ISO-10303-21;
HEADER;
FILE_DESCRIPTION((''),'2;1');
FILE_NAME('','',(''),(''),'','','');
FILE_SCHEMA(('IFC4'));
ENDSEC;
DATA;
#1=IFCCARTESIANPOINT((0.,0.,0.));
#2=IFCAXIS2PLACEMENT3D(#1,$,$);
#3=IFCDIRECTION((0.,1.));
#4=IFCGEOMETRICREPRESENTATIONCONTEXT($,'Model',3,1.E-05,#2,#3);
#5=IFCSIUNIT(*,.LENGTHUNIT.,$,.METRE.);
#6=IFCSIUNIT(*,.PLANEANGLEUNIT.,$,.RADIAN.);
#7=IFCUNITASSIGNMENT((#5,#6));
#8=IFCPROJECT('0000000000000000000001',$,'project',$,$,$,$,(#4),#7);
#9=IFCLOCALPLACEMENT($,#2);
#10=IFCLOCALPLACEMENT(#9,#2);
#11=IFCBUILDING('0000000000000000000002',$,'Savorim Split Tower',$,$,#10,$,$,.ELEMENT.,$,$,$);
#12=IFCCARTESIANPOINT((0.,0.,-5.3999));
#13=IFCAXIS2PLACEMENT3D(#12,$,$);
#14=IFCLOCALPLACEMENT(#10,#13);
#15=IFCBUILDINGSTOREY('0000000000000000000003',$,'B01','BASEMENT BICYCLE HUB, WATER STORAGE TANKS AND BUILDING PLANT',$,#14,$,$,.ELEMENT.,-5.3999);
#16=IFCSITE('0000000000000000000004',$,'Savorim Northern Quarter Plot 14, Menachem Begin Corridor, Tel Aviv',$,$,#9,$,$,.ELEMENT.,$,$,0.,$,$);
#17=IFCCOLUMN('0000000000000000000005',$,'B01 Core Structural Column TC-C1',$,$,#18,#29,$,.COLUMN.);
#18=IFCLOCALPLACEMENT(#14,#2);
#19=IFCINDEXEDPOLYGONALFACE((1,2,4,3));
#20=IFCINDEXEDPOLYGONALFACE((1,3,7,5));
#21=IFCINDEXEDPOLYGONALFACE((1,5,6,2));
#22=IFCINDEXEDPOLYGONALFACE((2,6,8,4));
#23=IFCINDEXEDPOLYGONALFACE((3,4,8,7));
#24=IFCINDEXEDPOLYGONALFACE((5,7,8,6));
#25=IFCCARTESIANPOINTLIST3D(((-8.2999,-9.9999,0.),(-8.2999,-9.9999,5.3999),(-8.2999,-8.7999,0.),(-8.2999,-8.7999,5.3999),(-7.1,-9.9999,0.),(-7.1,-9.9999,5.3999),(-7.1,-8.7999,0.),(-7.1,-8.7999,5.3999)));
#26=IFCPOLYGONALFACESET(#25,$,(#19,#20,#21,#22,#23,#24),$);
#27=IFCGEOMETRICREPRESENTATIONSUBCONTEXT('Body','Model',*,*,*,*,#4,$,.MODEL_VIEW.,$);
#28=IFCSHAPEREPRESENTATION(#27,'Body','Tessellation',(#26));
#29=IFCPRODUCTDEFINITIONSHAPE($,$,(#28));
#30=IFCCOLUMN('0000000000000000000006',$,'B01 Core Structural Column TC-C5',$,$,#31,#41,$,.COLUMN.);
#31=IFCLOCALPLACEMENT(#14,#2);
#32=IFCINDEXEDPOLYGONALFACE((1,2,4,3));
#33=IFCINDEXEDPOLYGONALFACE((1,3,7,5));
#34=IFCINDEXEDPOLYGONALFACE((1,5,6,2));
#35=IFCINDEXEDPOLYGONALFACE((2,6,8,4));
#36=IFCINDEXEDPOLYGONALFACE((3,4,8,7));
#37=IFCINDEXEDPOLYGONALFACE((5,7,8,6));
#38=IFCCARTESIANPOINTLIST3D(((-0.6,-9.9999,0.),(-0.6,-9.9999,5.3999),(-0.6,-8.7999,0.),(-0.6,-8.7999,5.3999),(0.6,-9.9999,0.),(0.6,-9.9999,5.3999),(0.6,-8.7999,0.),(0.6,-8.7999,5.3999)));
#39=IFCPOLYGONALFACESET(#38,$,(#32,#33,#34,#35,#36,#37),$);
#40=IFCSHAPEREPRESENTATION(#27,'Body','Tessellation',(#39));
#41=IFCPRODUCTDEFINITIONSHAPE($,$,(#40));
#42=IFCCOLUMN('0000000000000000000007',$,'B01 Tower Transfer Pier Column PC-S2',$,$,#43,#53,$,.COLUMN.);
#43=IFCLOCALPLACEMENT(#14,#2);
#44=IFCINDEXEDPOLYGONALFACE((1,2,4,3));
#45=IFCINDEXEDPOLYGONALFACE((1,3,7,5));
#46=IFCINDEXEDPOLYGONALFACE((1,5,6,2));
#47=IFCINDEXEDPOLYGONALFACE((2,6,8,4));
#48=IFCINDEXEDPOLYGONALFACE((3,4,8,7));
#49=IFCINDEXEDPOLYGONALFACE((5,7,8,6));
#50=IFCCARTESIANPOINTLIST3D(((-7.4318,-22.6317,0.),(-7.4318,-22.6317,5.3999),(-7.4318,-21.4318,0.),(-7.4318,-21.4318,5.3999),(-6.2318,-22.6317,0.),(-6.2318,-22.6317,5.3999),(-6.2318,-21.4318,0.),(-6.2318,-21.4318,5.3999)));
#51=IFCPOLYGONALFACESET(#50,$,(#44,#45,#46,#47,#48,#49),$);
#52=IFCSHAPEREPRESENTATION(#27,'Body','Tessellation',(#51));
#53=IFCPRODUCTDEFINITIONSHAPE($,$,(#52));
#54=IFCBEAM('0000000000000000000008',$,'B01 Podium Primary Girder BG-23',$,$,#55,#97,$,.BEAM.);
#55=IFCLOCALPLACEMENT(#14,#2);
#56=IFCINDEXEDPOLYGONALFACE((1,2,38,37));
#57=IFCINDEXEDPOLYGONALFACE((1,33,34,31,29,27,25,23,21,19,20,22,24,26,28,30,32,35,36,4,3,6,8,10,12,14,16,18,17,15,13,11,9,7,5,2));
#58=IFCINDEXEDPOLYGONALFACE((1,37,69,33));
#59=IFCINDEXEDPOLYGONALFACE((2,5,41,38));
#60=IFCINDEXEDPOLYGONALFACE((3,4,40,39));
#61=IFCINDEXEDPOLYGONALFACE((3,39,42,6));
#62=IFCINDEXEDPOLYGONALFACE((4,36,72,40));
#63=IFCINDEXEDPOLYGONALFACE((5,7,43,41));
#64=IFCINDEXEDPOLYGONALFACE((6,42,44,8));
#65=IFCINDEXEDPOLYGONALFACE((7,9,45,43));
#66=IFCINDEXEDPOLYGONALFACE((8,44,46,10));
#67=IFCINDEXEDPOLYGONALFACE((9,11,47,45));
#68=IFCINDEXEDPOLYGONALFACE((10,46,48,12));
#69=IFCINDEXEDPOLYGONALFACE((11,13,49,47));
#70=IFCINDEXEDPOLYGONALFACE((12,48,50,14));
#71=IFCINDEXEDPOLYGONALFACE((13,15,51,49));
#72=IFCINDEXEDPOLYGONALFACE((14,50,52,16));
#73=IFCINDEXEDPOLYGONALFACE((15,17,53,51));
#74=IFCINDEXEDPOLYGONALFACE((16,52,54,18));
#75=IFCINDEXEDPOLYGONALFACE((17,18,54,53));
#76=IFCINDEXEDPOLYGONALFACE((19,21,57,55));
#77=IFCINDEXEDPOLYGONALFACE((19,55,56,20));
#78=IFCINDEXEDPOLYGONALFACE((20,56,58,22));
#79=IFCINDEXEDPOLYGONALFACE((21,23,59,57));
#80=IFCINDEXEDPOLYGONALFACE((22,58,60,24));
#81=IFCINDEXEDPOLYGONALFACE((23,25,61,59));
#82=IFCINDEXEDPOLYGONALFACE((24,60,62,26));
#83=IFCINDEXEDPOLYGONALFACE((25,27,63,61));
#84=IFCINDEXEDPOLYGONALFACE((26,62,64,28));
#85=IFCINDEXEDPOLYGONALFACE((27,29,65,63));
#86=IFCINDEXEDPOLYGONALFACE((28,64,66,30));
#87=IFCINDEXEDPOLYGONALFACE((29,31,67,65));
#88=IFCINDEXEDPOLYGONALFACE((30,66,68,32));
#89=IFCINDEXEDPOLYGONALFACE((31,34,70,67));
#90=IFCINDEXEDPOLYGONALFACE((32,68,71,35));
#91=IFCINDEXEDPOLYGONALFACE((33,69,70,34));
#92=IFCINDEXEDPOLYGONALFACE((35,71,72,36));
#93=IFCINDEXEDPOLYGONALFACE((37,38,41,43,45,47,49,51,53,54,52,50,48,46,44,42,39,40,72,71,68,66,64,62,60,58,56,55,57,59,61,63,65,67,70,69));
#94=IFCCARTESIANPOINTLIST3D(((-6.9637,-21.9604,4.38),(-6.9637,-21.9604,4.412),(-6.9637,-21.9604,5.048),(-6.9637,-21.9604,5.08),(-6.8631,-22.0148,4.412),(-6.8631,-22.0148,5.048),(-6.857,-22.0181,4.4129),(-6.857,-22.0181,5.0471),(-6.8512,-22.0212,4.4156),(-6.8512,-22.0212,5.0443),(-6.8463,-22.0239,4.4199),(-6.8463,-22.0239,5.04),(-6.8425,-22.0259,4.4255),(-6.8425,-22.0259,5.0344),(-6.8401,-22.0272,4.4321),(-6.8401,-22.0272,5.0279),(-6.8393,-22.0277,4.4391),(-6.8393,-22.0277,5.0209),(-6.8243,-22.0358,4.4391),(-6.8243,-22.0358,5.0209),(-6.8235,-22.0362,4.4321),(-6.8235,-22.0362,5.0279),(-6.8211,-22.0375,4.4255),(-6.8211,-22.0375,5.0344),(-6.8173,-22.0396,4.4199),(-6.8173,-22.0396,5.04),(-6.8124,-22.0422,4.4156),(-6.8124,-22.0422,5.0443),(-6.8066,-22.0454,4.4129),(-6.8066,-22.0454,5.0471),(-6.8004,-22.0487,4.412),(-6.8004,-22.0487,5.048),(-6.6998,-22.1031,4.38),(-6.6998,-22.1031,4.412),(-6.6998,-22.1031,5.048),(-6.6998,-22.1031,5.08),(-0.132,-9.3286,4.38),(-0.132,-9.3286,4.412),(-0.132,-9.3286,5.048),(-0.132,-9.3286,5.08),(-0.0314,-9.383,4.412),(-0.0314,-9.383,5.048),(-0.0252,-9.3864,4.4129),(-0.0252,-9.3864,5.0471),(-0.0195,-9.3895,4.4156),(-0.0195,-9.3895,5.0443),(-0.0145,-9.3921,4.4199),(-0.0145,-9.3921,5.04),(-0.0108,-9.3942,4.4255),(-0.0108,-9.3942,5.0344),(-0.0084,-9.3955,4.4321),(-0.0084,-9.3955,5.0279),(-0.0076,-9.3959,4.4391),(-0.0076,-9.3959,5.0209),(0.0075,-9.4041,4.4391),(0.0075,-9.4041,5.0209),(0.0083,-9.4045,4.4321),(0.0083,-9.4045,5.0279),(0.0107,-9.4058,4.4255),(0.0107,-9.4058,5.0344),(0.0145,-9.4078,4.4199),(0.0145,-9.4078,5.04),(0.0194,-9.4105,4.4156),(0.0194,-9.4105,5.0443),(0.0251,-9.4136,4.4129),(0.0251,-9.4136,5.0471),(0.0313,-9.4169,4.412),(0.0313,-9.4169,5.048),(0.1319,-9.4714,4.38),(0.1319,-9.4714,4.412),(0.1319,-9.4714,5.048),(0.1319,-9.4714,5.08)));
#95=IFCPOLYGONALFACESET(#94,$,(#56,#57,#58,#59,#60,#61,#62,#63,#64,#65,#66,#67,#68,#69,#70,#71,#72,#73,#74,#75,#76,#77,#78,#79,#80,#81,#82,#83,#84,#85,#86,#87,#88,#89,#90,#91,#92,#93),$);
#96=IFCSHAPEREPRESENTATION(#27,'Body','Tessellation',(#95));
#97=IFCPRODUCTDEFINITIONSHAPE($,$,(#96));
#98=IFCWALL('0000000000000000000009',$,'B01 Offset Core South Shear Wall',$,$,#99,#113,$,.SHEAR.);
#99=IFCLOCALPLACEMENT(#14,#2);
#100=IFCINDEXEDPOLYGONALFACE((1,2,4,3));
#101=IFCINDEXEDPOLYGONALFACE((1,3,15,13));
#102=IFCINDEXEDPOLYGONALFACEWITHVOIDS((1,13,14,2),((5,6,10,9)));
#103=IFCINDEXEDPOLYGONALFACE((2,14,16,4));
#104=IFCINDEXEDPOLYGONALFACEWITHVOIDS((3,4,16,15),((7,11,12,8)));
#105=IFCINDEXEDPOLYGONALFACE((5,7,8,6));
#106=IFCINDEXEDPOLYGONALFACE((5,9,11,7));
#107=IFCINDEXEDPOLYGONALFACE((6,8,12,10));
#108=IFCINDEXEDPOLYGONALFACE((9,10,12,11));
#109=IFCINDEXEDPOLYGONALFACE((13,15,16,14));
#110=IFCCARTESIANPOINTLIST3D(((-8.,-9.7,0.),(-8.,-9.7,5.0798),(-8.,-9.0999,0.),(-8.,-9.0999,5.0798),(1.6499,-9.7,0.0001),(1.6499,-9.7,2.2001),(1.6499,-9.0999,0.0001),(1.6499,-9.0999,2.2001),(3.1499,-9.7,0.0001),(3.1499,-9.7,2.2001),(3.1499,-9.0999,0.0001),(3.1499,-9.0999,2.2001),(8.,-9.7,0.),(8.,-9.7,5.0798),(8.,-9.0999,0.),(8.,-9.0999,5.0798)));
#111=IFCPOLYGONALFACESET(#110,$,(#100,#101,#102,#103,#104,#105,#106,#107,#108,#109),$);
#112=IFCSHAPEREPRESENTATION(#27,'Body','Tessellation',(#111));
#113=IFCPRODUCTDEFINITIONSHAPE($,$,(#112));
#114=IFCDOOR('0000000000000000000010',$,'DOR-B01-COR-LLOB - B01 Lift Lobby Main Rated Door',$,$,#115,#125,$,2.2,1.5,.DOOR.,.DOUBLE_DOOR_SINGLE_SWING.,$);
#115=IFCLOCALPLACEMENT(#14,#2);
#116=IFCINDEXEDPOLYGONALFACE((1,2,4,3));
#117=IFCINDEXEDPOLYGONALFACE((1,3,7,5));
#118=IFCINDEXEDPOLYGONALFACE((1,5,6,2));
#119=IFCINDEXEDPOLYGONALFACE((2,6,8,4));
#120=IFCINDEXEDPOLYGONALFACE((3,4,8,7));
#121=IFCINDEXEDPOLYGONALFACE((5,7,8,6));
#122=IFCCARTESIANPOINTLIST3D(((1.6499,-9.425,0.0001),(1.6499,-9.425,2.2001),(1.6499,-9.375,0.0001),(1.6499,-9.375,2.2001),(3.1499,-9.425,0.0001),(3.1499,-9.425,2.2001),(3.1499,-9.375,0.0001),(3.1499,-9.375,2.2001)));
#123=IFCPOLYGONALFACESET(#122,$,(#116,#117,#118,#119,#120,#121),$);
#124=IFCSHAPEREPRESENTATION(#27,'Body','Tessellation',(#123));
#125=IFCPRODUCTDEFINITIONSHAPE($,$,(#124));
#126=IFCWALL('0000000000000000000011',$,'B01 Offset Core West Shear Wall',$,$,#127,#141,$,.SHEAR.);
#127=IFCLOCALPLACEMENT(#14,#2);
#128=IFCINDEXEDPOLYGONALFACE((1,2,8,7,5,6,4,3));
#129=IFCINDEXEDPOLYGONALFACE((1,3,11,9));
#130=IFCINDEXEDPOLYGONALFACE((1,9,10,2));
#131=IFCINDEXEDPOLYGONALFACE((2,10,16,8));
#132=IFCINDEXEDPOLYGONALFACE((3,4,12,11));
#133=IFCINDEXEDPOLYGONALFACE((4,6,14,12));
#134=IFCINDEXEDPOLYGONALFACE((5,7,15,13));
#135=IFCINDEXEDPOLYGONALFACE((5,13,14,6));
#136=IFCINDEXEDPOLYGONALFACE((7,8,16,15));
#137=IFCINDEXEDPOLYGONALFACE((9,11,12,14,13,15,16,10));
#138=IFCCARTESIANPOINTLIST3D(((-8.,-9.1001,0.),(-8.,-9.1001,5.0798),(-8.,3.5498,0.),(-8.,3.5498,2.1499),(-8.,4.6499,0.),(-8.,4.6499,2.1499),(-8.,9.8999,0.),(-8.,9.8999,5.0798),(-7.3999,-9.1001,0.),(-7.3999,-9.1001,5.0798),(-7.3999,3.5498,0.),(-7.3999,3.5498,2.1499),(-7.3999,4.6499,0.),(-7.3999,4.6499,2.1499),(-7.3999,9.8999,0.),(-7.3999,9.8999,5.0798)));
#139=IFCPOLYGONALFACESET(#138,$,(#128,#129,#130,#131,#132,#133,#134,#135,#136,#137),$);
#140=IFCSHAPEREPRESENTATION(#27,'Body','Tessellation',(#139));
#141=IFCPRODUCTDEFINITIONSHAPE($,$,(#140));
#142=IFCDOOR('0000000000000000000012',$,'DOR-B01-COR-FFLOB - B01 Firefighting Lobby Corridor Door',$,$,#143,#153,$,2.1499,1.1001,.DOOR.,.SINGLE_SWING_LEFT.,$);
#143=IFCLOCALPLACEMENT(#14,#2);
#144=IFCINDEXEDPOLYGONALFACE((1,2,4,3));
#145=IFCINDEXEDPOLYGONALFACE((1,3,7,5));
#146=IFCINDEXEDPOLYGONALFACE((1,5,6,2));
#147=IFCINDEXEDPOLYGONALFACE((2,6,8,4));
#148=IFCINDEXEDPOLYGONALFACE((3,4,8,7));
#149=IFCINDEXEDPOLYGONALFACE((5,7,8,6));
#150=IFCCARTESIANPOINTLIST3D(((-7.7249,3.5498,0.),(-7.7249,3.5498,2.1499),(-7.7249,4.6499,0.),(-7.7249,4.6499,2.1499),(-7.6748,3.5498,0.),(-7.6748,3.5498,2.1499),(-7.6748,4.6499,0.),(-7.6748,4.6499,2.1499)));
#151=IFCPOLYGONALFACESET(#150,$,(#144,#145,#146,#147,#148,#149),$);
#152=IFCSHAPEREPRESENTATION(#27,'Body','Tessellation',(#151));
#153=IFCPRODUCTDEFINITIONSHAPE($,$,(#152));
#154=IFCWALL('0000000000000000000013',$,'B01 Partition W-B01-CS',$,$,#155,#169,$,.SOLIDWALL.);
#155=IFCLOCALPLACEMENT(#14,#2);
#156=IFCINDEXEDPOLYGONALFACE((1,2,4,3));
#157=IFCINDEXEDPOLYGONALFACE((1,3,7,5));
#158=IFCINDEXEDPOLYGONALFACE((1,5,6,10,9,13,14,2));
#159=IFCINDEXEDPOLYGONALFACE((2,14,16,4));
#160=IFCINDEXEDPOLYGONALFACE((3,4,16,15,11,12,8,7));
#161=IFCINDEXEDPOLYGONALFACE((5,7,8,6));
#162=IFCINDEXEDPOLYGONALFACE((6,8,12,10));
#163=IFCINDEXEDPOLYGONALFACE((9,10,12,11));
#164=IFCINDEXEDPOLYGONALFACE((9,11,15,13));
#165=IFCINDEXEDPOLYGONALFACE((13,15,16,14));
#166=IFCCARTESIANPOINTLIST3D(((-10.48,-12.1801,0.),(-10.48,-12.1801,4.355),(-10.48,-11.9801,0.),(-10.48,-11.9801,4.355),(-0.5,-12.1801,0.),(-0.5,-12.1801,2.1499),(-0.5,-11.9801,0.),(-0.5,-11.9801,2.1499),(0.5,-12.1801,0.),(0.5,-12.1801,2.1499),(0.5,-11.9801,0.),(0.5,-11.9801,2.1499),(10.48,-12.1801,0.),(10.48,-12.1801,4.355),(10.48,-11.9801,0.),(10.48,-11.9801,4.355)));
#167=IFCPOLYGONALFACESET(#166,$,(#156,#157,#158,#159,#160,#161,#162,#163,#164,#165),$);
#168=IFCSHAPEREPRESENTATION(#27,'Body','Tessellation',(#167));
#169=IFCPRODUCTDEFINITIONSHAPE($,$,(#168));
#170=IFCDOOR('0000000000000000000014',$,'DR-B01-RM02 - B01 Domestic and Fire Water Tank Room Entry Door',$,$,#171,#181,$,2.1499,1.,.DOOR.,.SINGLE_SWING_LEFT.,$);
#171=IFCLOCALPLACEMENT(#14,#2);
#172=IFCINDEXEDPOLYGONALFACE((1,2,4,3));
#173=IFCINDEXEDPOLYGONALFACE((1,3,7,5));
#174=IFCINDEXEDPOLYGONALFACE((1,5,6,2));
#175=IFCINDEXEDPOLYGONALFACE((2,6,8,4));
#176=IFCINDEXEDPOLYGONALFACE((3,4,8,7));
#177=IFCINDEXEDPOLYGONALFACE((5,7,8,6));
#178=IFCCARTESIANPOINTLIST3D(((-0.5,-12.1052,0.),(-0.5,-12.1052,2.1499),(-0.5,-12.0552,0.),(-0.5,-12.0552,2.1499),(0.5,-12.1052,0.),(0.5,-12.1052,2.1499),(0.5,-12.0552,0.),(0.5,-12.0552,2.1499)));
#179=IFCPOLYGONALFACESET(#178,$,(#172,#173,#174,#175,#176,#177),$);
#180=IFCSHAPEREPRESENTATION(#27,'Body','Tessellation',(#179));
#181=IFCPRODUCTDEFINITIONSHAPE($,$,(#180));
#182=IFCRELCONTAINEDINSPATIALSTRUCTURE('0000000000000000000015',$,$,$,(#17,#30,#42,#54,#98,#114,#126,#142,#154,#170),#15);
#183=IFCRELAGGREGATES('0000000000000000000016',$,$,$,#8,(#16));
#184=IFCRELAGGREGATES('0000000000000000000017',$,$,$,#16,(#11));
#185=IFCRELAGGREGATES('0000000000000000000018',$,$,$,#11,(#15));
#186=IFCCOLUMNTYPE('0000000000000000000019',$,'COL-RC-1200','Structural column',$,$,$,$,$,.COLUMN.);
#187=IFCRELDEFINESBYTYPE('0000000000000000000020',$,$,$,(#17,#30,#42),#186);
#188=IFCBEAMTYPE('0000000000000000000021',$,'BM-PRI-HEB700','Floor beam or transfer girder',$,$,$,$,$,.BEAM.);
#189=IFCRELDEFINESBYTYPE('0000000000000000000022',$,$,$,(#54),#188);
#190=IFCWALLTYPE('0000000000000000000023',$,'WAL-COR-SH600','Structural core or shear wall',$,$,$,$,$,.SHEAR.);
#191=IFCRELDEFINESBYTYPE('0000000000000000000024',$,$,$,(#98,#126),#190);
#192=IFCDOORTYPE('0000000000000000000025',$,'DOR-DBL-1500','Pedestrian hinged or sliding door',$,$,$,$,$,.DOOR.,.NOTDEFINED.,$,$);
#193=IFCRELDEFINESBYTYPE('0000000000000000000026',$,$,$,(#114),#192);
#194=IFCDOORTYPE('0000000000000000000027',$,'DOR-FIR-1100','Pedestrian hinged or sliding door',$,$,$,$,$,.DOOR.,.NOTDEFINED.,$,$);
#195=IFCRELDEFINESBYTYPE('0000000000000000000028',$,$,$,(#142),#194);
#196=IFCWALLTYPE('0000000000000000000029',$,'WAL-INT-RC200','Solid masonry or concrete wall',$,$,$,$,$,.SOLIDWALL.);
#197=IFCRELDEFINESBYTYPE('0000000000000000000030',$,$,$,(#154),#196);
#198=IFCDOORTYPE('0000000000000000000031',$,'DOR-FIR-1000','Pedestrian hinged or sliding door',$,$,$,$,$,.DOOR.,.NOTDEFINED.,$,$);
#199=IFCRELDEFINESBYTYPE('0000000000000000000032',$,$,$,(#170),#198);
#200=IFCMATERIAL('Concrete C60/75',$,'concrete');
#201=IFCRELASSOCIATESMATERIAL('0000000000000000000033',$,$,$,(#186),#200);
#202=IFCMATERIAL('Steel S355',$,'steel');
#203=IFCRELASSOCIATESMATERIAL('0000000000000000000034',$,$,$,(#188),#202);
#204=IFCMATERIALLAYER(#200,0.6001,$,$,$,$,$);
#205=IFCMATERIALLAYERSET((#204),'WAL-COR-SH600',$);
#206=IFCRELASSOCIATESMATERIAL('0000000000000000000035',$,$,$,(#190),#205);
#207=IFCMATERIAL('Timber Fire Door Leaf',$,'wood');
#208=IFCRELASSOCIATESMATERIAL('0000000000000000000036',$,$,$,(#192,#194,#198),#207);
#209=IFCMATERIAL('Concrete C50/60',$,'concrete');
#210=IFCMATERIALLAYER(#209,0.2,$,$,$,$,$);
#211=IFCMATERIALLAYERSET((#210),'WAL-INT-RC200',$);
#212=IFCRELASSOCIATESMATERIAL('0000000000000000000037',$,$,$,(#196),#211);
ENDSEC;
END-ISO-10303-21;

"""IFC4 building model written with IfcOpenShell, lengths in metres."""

from ifc_helpers import new_model, si_unit, direction, frame, frame_2d, origin, origin_2d, place, context, subcontext, project, spatial, rectangle, i_section, extrude, material, layer, layer_set, material_profile, profile_set, type_object, element, fill, save


model = new_model("IFC4")

# Units and contexts
model_context = context("Model", 3, precision=1e-05, world=origin(), true_north=direction((0.0, 1.0)))
body_context = subcontext(model_context, "Body", "Model", "MODEL_VIEW")
ifc_project = project(units=[si_unit("LENGTHUNIT", "METRE"), si_unit("PLANEANGLEUNIT", "RADIAN")], contexts=[model_context])

# Site, building, storey
site_placement = place(None, origin())
site = spatial("IfcSite", under=ifc_project, at=site_placement, Name="Savorim Northern Quarter Plot 14, Menachem Begin Corridor, Tel Aviv", CompositionType="ELEMENT", RefElevation=0.0)
building_placement = place(site_placement, origin())
building = spatial("IfcBuilding", under=site, at=building_placement, Name="Savorim Split Tower", CompositionType="ELEMENT")
storey_placement = place(building_placement, frame((0.0, 0.0, -5.3999)))
storey = spatial("IfcBuildingStorey", under=building, at=storey_placement, Name="B01", Description="BASEMENT BICYCLE HUB, WATER STORAGE TANKS AND BUILDING PLANT", CompositionType="ELEMENT", Elevation=-5.3999)

# Shared definitions
ifc_material_1 = material(Name="Concrete C50/60", Category="concrete")

# Columns
ifc_material_2 = material(Name="Concrete C60/75", Category="concrete")
ifc_material_profile_1 = material_profile(ifc_material_2, rectangle(XDim=1.2, YDim=1.2, at=origin_2d()), Name="RC 1200x1200")
ifc_profile_set_1 = profile_set([ifc_material_profile_1], Name="Concrete C60/75")
column_type = type_object("IfcColumnType", Name="COL-RC-1200", Description="Structural column", PredefinedType="COLUMN", material=ifc_profile_set_1)
for number, where, z_axis, x_axis, name in (
    (1, (-7.7, -9.3999, 0.0), (0.0, 0.0, 1.0), (1.0, 0.0, 0.0), "B01 Core Structural Column TC-C1"),
    (2, (0.0, -9.3999, 0.0), (0.0, 0.0, 1.0), (1.0, 0.0, 0.0), "B01 Core Structural Column TC-C5"),
    (3, (-6.8318, -22.0317, 0.0), (0.0, 0.0, 1.0), (1.0, 0.0, 0.0), "B01 Tower Transfer Pier Column PC-S2"),
):
    element("IfcColumn", number, at=place(storey_placement, frame(where, z_axis=z_axis, x_axis=x_axis)), inside=storey, type_object=column_type, Name=name, PredefinedType="COLUMN", context=body_context, shape_type="SweptSolid", body=[
        extrude(rectangle(XDim=1.2, YDim=1.2, at=origin_2d()), origin(), (0.0, 0.0, 1.0), 5.3999),
    ])

# Beam
ifc_material_3 = material(Name="Steel S355", Category="steel")
ifc_material_profile_2 = material_profile(ifc_material_3, i_section(OverallWidth=0.3, OverallDepth=0.7, WebThickness=0.0171, FlangeThickness=0.032, FilletRadius=0.0271, at=origin_2d()), Name="HEB 700")
ifc_profile_set_2 = profile_set([ifc_material_profile_2], Name="Steel S355")
beam_type = type_object("IfcBeamType", Name="BM-PRI-HEB700", Description="Floor beam or transfer girder", PredefinedType="BEAM", material=ifc_profile_set_2)
beam_placement = place(storey_placement, frame((-6.8318, -22.0317, 4.73), z_axis=(0.47572, 0.879597, 0.0), x_axis=(-0.879597, 0.47572, 0.0)))
element("IfcBeam", 4, at=beam_placement, inside=storey, type_object=beam_type, Name="B01 Podium Primary Girder BG-23", PredefinedType="BEAM", context=body_context, shape_type="SweptSolid", body=[
    extrude(i_section(OverallWidth=0.3, OverallDepth=0.7, WebThickness=0.0171, FlangeThickness=0.032, FilletRadius=0.0271, at=origin_2d()), origin(), (0.0, 0.0, 1.0), 14.3608),
])

# Walls, openings, doors
ifc_layer_1 = layer(ifc_material_2, 0.6001)
ifc_layer_set_1 = layer_set([ifc_layer_1], Name="WAL-COR-SH600")
wall_type_1 = type_object("IfcWallType", Name="WAL-COR-SH600", Description="Structural core or shear wall", PredefinedType="SHEAR", material=ifc_layer_set_1)
wall_1_placement = place(storey_placement, frame((-8.0, -9.3999, 0.0), z_axis=(0.0, 0.0, 1.0), x_axis=(1.0, 0.0, 0.0)))
wall_1 = element("IfcWall", 5, at=wall_1_placement, inside=storey, type_object=wall_type_1, Name="B01 Offset Core South Shear Wall", PredefinedType="SHEAR", context=body_context, shape_type="SweptSolid", body=[
    extrude(rectangle(XDim=16.0, YDim=0.6001, at=frame_2d((8.0, 0.0))), origin(), (0.0, 0.0, 1.0), 5.0798),
])
opening_1_placement = place(wall_1_placement, frame((9.6499, 0.0, 0.0)))
opening_1 = element("IfcOpeningElement", 6, at=opening_1_placement, cuts=wall_1, PredefinedType="OPENING", context=body_context, shape_type="SweptSolid", body=[
    extrude(rectangle(XDim=1.5, YDim=2.2, at=frame_2d((0.75, 1.1001))), frame((0.0, 0.3101, 0.0), z_axis=(0.0, -1.0, 0.0), x_axis=(1.0, 0.0, 0.0)), (0.0, 0.0, 1.0), 0.6201),
])
ifc_material_4 = material(Name="Timber Fire Door Leaf", Category="wood")
door_type_1 = type_object("IfcDoorType", Name="DOR-DBL-1500", Description="Pedestrian hinged or sliding door", OperationType="NOTDEFINED", PredefinedType="DOOR", material=ifc_material_4)
door_1_placement = place(opening_1_placement, origin())
door_1 = element("IfcDoor", 7, at=door_1_placement, inside=storey, type_object=door_type_1, Name="DOR-B01-COR-LLOB - B01 Lift Lobby Main Rated Door", OperationType="DOUBLE_DOOR_SINGLE_SWING", OverallHeight=2.2, OverallWidth=1.5, PredefinedType="DOOR", context=body_context, shape_type="SweptSolid", body=[
    extrude(rectangle(XDim=1.5, YDim=2.2, at=frame_2d((0.75, 1.1001))), frame((0.0, 0.0249, 0.0), z_axis=(0.0, -1.0, 0.0), x_axis=(1.0, 0.0, 0.0)), (0.0, 0.0, 1.0), 0.05),
])
fill(opening_1, door_1)
wall_2_placement = place(storey_placement, frame((-7.7, -9.1001, 0.0), z_axis=(0.0, 0.0, 1.0), x_axis=(0.0, 1.0, 0.0)))
wall_2 = element("IfcWall", 8, at=wall_2_placement, inside=storey, type_object=wall_type_1, Name="B01 Offset Core West Shear Wall", PredefinedType="SHEAR", context=body_context, shape_type="SweptSolid", body=[
    extrude(rectangle(XDim=19.0, YDim=0.6001, at=frame_2d((9.5, 0.0))), origin(), (0.0, 0.0, 1.0), 5.0798),
])
opening_2_placement = place(wall_2_placement, frame((12.6499, 0.0, 0.0)))
opening_2 = element("IfcOpeningElement", 9, at=opening_2_placement, cuts=wall_2, PredefinedType="OPENING", context=body_context, shape_type="SweptSolid", body=[
    extrude(rectangle(XDim=1.1001, YDim=2.1499, at=frame_2d((0.55, 1.075))), frame((0.0, 0.3101, 0.0), z_axis=(0.0, -1.0, 0.0), x_axis=(1.0, 0.0, 0.0)), (0.0, 0.0, 1.0), 0.6201),
])
door_type_2 = type_object("IfcDoorType", Name="DOR-FIR-1100", Description="Pedestrian hinged or sliding door", OperationType="NOTDEFINED", PredefinedType="DOOR", material=ifc_material_4)
door_2_placement = place(opening_2_placement, origin())
door_2 = element("IfcDoor", 10, at=door_2_placement, inside=storey, type_object=door_type_2, Name="DOR-B01-COR-FFLOB - B01 Firefighting Lobby Corridor Door", OperationType="SINGLE_SWING_LEFT", OverallHeight=2.1499, OverallWidth=1.1001, PredefinedType="DOOR", context=body_context, shape_type="SweptSolid", body=[
    extrude(rectangle(XDim=1.1001, YDim=2.1499, at=frame_2d((0.55, 1.075))), frame((0.0, 0.0249, 0.0), z_axis=(0.0, -1.0, 0.0), x_axis=(1.0, 0.0, 0.0)), (0.0, 0.0, 1.0), 0.05),
])
fill(opening_2, door_2)
ifc_layer_2 = layer(ifc_material_1, 0.2)
ifc_layer_set_2 = layer_set([ifc_layer_2], Name="WAL-INT-RC200")
wall_type_2 = type_object("IfcWallType", Name="WAL-INT-RC200", Description="Solid masonry or concrete wall", PredefinedType="SOLIDWALL", material=ifc_layer_set_2)
wall_3_placement = place(storey_placement, frame((-10.48, -12.0801, 0.0), z_axis=(0.0, 0.0, 1.0), x_axis=(1.0, 0.0, 0.0)))
wall_3 = element("IfcWall", 11, at=wall_3_placement, inside=storey, type_object=wall_type_2, Name="B01 Partition W-B01-CS", PredefinedType="SOLIDWALL", context=body_context, shape_type="SweptSolid", body=[
    extrude(rectangle(XDim=20.96, YDim=0.2, at=frame_2d((10.48, 0.0))), origin(), (0.0, 0.0, 1.0), 4.355),
])
opening_3_placement = place(wall_3_placement, frame((9.98, 0.0, 0.0)))
opening_3 = element("IfcOpeningElement", 12, at=opening_3_placement, cuts=wall_3, PredefinedType="OPENING", context=body_context, shape_type="SweptSolid", body=[
    extrude(rectangle(XDim=1.0, YDim=2.1499, at=frame_2d((0.5, 1.075))), frame((0.0, 0.1099, 0.0), z_axis=(0.0, -1.0, 0.0), x_axis=(1.0, 0.0, 0.0)), (0.0, 0.0, 1.0), 0.22),
])
door_type_3 = type_object("IfcDoorType", Name="DOR-FIR-1000", Description="Pedestrian hinged or sliding door", OperationType="NOTDEFINED", PredefinedType="DOOR", material=ifc_material_4)
door_3_placement = place(opening_3_placement, origin())
door_3 = element("IfcDoor", 13, at=door_3_placement, inside=storey, type_object=door_type_3, Name="DR-B01-RM02 - B01 Domestic and Fire Water Tank Room Entry Door", OperationType="SINGLE_SWING_LEFT", OverallHeight=2.1499, OverallWidth=1.0, PredefinedType="DOOR", context=body_context, shape_type="SweptSolid", body=[
    extrude(rectangle(XDim=1.0, YDim=2.1499, at=frame_2d((0.5, 1.075))), frame((0.0, 0.0249, 0.0), z_axis=(0.0, -1.0, 0.0), x_axis=(1.0, 0.0, 0.0)), (0.0, 0.0, 1.0), 0.05),
])
fill(opening_3, door_3)

save(model, "model.ifc")
